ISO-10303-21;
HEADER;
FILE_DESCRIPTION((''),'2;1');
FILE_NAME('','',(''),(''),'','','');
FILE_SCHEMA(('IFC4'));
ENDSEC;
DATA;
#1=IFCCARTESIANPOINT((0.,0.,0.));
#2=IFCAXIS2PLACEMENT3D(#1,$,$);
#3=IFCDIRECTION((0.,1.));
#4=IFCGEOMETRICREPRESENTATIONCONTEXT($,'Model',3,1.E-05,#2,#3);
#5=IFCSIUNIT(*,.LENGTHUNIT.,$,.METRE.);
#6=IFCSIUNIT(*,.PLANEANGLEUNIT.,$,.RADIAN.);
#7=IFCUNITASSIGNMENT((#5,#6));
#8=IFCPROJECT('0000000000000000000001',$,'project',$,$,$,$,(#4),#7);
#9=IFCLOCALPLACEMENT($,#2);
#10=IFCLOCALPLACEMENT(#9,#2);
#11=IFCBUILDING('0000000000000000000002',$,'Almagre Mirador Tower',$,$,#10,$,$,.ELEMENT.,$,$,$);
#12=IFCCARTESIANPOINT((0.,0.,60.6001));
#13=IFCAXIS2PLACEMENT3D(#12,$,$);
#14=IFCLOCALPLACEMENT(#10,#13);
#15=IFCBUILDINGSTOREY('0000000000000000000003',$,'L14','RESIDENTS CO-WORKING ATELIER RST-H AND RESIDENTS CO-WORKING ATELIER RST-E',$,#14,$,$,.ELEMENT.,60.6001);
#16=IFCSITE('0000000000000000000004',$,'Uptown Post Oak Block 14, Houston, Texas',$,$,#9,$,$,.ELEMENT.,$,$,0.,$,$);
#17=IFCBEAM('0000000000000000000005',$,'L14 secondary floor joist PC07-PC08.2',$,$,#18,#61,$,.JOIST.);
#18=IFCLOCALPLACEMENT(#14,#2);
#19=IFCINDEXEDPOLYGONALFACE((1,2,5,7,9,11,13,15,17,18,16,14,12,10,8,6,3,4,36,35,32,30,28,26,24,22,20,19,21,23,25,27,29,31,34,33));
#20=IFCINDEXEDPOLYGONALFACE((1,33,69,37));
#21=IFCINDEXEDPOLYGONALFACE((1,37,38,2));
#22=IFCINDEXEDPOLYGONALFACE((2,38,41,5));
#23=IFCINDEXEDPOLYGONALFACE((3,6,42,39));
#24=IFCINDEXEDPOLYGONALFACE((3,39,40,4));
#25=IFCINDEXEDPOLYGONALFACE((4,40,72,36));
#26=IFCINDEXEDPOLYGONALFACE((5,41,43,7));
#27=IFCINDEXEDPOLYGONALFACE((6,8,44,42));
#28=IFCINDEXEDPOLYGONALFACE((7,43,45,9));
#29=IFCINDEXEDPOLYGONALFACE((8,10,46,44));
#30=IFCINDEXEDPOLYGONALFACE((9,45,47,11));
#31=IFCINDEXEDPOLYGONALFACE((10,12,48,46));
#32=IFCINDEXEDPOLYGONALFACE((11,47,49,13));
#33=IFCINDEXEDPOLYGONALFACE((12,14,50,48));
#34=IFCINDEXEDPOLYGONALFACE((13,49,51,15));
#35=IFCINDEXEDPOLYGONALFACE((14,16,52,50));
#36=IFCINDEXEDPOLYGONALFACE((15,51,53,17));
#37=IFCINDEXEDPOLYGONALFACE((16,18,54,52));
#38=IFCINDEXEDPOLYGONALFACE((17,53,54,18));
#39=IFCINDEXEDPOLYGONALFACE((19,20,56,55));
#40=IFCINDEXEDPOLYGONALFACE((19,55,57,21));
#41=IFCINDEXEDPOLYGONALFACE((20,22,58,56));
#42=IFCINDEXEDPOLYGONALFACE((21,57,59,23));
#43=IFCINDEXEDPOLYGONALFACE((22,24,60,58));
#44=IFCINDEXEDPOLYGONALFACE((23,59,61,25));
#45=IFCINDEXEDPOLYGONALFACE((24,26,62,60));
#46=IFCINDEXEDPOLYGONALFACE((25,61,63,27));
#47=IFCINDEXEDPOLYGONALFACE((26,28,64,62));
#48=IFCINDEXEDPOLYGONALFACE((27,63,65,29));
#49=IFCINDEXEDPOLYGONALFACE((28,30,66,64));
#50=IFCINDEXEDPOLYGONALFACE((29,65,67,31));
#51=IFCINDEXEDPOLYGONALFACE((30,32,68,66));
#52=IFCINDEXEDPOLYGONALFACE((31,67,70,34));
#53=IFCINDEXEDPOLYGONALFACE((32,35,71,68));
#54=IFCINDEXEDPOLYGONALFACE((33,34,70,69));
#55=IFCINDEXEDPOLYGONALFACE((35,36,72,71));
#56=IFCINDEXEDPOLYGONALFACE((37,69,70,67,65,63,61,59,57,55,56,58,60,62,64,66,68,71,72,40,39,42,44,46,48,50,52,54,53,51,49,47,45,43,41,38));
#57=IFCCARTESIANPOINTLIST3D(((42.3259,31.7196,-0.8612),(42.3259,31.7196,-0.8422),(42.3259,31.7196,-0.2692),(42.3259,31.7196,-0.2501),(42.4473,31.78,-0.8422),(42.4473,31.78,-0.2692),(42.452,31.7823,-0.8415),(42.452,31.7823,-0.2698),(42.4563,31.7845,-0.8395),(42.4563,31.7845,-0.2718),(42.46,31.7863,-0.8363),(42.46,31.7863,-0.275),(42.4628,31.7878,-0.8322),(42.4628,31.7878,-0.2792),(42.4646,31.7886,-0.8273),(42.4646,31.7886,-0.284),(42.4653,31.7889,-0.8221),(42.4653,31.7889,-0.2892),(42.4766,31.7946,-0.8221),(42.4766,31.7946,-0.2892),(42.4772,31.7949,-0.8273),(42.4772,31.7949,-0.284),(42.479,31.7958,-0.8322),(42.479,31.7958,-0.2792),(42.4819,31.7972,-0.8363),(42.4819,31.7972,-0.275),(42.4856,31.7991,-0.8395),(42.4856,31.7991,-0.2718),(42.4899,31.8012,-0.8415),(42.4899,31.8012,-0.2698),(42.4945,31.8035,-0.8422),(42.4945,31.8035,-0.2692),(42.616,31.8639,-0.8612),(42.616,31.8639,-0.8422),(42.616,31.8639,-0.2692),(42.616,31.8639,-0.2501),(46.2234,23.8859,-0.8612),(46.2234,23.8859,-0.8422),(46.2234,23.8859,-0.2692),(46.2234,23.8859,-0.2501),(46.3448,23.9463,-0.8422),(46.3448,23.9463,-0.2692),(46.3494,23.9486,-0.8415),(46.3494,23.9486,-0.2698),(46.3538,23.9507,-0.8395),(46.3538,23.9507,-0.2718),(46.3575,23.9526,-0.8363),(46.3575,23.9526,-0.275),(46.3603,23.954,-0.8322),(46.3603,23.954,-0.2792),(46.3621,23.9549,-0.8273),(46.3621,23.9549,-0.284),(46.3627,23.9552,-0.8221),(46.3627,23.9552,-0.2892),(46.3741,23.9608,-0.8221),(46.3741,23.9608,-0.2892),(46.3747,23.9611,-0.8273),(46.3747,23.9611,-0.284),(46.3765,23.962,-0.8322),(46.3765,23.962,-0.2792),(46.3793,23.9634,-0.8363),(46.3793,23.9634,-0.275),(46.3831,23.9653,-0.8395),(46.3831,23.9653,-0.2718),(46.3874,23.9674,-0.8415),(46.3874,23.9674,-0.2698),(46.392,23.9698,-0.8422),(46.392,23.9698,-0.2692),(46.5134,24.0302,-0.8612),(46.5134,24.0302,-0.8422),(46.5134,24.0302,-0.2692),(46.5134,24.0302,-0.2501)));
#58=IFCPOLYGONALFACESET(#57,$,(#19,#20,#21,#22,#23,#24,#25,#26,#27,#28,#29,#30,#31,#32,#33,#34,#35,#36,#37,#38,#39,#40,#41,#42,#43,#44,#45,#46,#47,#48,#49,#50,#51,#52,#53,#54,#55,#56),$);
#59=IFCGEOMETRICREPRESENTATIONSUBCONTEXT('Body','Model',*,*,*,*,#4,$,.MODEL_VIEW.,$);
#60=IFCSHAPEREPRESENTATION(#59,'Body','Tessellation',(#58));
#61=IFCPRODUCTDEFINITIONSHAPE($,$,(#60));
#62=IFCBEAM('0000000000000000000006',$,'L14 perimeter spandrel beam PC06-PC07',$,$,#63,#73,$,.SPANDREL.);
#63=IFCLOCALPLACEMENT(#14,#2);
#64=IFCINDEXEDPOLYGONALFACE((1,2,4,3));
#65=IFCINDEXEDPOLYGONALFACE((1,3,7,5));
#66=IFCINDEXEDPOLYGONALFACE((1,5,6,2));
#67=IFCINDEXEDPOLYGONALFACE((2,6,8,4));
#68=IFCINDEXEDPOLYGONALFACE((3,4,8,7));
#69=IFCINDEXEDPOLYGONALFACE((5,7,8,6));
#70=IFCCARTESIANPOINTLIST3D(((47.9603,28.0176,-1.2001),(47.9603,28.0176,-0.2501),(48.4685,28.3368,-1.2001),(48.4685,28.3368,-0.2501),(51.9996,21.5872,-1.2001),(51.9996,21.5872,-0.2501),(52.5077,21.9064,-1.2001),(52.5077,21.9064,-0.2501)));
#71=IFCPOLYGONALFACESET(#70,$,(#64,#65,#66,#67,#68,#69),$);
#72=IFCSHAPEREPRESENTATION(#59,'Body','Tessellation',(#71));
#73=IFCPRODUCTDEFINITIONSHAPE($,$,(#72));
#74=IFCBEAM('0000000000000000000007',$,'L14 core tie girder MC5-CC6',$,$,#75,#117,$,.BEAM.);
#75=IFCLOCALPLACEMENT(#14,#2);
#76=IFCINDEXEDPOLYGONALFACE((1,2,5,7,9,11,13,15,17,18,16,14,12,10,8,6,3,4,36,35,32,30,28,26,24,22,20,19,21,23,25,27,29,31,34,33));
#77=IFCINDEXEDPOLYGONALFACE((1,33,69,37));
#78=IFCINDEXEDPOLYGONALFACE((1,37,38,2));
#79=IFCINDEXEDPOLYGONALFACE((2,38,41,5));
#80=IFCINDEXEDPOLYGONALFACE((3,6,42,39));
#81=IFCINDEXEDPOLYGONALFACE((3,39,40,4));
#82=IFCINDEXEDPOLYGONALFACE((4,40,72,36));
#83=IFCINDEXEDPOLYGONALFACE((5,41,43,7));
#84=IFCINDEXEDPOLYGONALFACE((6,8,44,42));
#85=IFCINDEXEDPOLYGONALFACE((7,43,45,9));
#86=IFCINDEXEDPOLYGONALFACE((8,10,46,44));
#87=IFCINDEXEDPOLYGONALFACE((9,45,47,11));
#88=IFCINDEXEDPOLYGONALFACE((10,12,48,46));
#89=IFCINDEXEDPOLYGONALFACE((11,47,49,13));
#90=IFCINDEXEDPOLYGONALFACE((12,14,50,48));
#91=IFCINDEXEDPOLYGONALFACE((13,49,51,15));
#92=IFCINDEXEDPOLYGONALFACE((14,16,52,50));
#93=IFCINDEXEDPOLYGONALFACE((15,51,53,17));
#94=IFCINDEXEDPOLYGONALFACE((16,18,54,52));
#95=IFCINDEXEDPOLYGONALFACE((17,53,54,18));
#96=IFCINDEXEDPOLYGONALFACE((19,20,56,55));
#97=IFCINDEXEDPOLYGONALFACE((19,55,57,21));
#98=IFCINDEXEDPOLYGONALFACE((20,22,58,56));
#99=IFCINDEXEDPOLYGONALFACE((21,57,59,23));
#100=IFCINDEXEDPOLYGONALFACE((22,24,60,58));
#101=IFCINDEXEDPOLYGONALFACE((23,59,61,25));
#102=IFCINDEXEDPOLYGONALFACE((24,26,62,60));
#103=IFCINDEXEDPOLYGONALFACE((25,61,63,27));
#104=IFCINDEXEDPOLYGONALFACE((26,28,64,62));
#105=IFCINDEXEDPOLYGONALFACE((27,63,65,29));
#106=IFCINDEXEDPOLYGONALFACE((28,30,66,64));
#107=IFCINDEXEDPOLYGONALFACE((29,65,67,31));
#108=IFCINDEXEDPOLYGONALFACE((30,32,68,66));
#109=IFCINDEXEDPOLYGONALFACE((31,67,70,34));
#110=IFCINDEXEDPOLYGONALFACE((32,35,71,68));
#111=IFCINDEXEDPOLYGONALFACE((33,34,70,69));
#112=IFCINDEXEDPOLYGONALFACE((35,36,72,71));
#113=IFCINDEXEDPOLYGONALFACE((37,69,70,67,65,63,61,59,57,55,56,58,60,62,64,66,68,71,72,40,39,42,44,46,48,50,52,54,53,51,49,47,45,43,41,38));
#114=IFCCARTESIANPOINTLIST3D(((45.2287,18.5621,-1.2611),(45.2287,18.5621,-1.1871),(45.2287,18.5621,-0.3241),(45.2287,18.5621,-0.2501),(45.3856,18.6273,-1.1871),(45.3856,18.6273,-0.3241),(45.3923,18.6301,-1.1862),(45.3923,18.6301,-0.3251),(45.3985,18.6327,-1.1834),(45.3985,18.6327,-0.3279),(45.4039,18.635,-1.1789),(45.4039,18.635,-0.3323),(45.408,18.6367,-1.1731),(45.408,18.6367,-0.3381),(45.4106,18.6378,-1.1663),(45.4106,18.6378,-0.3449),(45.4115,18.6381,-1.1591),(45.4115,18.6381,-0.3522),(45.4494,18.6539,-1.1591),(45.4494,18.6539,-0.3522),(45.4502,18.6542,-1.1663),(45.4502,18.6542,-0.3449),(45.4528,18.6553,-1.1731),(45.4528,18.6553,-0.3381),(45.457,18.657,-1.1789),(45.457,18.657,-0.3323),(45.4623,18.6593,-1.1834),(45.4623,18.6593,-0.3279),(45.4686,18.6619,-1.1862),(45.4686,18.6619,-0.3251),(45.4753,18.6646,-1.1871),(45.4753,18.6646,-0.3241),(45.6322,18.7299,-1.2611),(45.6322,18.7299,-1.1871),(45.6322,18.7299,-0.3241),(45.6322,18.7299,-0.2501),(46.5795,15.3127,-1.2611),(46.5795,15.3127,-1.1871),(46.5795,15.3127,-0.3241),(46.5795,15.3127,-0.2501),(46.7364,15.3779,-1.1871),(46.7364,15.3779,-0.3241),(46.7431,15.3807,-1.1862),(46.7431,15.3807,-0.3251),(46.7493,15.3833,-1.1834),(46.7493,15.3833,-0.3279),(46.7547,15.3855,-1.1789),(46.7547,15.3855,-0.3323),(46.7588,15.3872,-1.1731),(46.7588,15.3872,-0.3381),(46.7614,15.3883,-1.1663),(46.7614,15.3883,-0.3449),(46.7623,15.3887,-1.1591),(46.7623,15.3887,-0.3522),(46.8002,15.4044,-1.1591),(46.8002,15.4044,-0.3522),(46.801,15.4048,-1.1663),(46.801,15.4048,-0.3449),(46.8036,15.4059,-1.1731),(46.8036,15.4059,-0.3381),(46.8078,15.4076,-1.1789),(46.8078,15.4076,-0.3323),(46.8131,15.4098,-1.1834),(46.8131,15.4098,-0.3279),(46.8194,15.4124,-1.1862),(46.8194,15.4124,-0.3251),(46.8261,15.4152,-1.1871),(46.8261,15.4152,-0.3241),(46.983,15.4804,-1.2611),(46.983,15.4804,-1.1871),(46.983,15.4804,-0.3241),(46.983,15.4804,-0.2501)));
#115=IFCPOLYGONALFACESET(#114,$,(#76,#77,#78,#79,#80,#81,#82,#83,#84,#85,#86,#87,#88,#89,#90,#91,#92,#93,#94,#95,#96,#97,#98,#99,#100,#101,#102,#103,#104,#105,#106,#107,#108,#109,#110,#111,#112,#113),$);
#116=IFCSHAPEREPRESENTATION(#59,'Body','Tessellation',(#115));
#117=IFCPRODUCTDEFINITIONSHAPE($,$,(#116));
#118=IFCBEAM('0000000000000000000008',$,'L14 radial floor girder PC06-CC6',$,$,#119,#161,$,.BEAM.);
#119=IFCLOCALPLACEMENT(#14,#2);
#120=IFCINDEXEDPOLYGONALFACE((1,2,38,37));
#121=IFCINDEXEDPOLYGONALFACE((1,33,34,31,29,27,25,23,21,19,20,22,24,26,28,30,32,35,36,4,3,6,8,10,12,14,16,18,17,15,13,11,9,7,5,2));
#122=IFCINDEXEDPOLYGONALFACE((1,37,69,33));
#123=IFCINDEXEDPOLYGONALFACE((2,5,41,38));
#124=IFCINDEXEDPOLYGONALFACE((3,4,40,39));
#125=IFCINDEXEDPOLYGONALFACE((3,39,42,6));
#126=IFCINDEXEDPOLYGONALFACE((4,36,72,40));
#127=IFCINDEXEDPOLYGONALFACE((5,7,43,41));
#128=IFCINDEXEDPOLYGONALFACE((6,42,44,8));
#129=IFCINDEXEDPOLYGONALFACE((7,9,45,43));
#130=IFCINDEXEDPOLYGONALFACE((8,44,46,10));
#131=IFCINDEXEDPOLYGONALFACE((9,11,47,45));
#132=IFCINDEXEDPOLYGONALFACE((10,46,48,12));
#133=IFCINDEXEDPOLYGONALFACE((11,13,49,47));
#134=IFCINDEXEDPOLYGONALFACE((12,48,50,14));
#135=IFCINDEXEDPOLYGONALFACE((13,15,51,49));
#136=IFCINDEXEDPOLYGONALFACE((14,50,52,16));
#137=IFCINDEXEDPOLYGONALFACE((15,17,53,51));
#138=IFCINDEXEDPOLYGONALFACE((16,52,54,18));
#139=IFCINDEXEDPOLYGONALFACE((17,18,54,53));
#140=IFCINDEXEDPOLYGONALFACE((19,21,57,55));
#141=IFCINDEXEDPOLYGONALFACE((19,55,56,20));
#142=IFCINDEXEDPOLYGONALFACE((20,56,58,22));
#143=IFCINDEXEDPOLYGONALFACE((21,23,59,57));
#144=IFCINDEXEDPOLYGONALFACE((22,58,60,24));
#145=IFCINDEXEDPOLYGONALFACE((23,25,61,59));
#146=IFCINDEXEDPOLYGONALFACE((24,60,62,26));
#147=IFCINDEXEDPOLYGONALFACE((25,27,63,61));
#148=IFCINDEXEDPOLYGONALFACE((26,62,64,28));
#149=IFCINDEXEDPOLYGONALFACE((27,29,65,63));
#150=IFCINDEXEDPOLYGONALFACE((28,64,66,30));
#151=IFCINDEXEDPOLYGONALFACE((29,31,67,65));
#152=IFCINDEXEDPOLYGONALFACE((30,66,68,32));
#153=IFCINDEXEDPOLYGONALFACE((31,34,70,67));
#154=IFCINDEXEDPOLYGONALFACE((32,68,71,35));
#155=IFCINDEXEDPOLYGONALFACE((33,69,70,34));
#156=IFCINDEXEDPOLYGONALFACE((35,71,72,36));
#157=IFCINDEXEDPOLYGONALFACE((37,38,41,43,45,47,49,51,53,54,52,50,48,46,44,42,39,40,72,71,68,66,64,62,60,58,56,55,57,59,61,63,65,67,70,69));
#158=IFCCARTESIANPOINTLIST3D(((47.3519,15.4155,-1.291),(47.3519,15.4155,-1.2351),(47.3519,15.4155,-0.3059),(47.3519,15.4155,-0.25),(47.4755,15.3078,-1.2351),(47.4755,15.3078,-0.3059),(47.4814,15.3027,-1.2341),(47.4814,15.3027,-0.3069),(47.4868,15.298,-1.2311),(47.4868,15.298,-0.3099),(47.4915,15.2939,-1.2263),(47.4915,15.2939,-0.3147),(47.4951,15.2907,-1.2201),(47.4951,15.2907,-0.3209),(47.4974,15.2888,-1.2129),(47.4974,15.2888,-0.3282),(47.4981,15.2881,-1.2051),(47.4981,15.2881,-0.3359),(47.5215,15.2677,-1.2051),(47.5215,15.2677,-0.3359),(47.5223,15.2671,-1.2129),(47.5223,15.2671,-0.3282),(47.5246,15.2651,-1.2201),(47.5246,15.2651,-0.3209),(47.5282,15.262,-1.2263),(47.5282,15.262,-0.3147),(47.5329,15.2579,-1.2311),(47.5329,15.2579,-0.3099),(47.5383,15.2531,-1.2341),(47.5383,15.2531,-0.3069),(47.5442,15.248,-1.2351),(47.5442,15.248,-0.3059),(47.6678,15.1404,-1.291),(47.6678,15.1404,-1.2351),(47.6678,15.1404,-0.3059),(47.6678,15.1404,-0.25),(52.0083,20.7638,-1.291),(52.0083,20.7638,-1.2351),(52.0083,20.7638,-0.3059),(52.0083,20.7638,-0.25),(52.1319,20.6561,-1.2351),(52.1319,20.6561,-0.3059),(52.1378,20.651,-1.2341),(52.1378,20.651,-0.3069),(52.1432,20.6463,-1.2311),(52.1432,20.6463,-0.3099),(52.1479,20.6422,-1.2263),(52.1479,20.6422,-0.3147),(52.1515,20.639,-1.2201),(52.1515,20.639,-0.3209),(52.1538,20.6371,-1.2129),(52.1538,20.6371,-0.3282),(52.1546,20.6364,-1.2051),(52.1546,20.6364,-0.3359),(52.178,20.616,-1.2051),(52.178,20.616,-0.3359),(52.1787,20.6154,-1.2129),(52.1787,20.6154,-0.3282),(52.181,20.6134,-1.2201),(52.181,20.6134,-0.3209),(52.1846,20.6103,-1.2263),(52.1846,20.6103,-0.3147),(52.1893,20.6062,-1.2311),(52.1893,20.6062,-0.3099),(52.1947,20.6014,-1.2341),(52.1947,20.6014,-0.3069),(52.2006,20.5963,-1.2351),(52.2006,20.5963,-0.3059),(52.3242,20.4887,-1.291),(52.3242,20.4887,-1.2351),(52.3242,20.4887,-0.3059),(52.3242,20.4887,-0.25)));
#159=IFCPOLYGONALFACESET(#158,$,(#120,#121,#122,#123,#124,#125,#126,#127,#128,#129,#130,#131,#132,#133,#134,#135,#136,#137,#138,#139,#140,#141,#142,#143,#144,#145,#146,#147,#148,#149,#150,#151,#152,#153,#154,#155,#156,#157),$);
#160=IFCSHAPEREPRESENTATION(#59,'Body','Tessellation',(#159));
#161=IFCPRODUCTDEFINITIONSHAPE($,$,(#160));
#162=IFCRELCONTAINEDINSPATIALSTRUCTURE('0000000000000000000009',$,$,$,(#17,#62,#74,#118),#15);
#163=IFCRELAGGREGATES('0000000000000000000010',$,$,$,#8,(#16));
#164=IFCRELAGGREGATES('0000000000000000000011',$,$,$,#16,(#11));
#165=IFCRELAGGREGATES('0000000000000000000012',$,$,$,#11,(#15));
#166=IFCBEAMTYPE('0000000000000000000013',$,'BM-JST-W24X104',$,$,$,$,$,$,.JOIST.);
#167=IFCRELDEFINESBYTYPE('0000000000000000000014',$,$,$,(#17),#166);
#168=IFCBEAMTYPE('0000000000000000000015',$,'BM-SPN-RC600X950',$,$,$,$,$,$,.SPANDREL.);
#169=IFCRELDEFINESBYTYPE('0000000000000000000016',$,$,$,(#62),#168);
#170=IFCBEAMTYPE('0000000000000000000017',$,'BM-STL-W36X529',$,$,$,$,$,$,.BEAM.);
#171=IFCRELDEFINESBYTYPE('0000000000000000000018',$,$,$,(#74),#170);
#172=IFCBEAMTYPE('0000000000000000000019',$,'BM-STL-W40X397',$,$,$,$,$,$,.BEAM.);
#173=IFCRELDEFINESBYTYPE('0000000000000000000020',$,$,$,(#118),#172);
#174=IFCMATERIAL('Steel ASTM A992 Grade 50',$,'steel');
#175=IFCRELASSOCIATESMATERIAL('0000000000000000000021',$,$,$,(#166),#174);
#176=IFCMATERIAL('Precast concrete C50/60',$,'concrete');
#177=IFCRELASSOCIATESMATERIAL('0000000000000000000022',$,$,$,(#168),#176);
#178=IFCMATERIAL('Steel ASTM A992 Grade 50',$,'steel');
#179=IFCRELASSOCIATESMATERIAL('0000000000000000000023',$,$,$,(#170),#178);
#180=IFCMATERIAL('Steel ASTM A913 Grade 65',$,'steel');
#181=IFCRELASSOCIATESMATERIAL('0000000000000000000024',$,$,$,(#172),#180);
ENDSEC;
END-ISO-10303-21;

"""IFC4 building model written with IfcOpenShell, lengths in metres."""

from ifc_helpers import new_model, si_unit, direction, frame, origin, origin_2d, place, context, subcontext, project, spatial, rectangle, i_section, extrude, material, material_profile, profile_set, type_object, element, save


model = new_model("IFC4")

# Units and contexts
model_context = context("Model", 3, precision=1e-05, world=origin(), true_north=direction((0.0, 1.0)))
body_context = subcontext(model_context, "Body", "Model", "MODEL_VIEW")
ifc_project = project(units=[si_unit("LENGTHUNIT", "METRE"), si_unit("PLANEANGLEUNIT", "RADIAN")], contexts=[model_context])

# Site, building, storey
site_placement = place(None, origin())
site = spatial("IfcSite", under=ifc_project, at=site_placement, Name="Uptown Post Oak Block 14, Houston, Texas", CompositionType="ELEMENT", RefElevation=0.0)
building_placement = place(site_placement, origin())
building = spatial("IfcBuilding", under=site, at=building_placement, Name="Almagre Mirador Tower", CompositionType="ELEMENT")
storey_placement = place(building_placement, frame((0.0, 0.0, 60.6001)))
storey = spatial("IfcBuildingStorey", under=building, at=storey_placement, Name="L14", Description="RESIDENTS CO-WORKING ATELIER RST-H AND RESIDENTS CO-WORKING ATELIER RST-E", CompositionType="ELEMENT", Elevation=60.6001)

# Beams
ifc_material_1 = material(Name="Steel ASTM A992 Grade 50", Category="steel")
ifc_material_profile_1 = material_profile(ifc_material_1, i_section(OverallWidth=0.324, OverallDepth=0.6111, WebThickness=0.0127, FlangeThickness=0.019, FilletRadius=0.02, at=origin_2d()), Name="W24X104")
ifc_profile_set_1 = profile_set([ifc_material_profile_1], Name="Steel ASTM A992 Grade 50")
beam_type_1 = type_object("IfcBeamType", Name="BM-JST-W24X104", PredefinedType="JOIST", material=ifc_profile_set_1)
beam_1_placement = place(storey_placement, frame((46.3684, 23.958, -0.5557), z_axis=(-0.445438, 0.895313, 0.0), x_axis=(-0.895313, -0.445438, 0.0)))
element("IfcBeam", 1, at=beam_1_placement, inside=storey, type_object=beam_type_1, Name="L14 secondary floor joist PC07-PC08.2", PredefinedType="JOIST", context=body_context, shape_type="SweptSolid", body=[
    extrude(i_section(OverallWidth=0.324, OverallDepth=0.6111, WebThickness=0.0127, FlangeThickness=0.019, FilletRadius=0.02, at=origin_2d()), origin(), (0.0, 0.0, 1.0), 8.7498),
])
ifc_material_2 = material(Name="Precast concrete C50/60", Category="concrete")
ifc_material_profile_2 = material_profile(ifc_material_2, rectangle(XDim=0.6001, YDim=0.95, at=origin_2d()), Name="RC600X950")
ifc_profile_set_2 = profile_set([ifc_material_profile_2], Name="Precast concrete C50/60")
beam_type_2 = type_object("IfcBeamType", Name="BM-SPN-RC600X950", PredefinedType="SPANDREL", material=ifc_profile_set_2)
beam_2_placement = place(storey_placement, frame((52.2537, 21.7468, -0.7251), z_axis=(-0.531919, 0.846795, 0.0), x_axis=(-0.846795, -0.531919, 0.0)))
element("IfcBeam", 2, at=beam_2_placement, inside=storey, type_object=beam_type_2, Name="L14 perimeter spandrel beam PC06-PC07", PredefinedType="SPANDREL", context=body_context, shape_type="SweptSolid", body=[
    extrude(rectangle(XDim=0.6001, YDim=0.95, at=origin_2d()), origin(), (0.0, 0.0, 1.0), 7.5938),
])
ifc_material_3 = material(Name="Steel ASTM A992 Grade 50", Category="steel")
ifc_material_profile_3 = material_profile(ifc_material_3, i_section(OverallWidth=0.437, OverallDepth=1.011, WebThickness=0.041, FlangeThickness=0.074, FilletRadius=0.0281, at=origin_2d()), Name="W36X529")
ifc_profile_set_3 = profile_set([ifc_material_profile_3], Name="Steel ASTM A992 Grade 50")
beam_type_3 = type_object("IfcBeamType", Name="BM-STL-W36X529", PredefinedType="BEAM", material=ifc_profile_set_3)
beam_3_placement = place(storey_placement, frame((45.4304, 18.646, -0.7556), z_axis=(0.383857, -0.923393, 0.0), x_axis=(0.923393, 0.383857, 0.0)))
element("IfcBeam", 3, at=beam_3_placement, inside=storey, type_object=beam_type_3, Name="L14 core tie girder MC5-CC6", PredefinedType="BEAM", context=body_context, shape_type="SweptSolid", body=[
    extrude(i_section(OverallWidth=0.437, OverallDepth=1.011, WebThickness=0.041, FlangeThickness=0.074, FilletRadius=0.0281, at=origin_2d()), origin(), (0.0, 0.0, 1.0), 3.519),
])
ifc_material_4 = material(Name="Steel ASTM A913 Grade 65", Category="steel")
ifc_material_profile_4 = material_profile(ifc_material_4, i_section(OverallWidth=0.4189, OverallDepth=1.041, WebThickness=0.031, FlangeThickness=0.0559, FilletRadius=0.03, at=origin_2d()), Name="W40X397")
ifc_profile_set_4 = profile_set([ifc_material_profile_4], Name="Steel ASTM A913 Grade 65")
beam_type_4 = type_object("IfcBeamType", Name="BM-STL-W40X397", PredefinedType="BEAM", material=ifc_profile_set_4)
beam_4_placement = place(storey_placement, frame((52.1663, 20.6262, -0.7705), z_axis=(-0.656638, -0.754206, 0.0), x_axis=(0.754206, -0.656638, 0.0)))
element("IfcBeam", 4, at=beam_4_placement, inside=storey, type_object=beam_type_4, Name="L14 radial floor girder PC06-CC6", PredefinedType="BEAM", context=body_context, shape_type="SweptSolid", body=[
    extrude(i_section(OverallWidth=0.4189, OverallDepth=1.041, WebThickness=0.031, FlangeThickness=0.0559, FilletRadius=0.03, at=origin_2d()), origin(), (0.0, 0.0, 1.0), 7.0913),
])

save(model, "model.ifc")
